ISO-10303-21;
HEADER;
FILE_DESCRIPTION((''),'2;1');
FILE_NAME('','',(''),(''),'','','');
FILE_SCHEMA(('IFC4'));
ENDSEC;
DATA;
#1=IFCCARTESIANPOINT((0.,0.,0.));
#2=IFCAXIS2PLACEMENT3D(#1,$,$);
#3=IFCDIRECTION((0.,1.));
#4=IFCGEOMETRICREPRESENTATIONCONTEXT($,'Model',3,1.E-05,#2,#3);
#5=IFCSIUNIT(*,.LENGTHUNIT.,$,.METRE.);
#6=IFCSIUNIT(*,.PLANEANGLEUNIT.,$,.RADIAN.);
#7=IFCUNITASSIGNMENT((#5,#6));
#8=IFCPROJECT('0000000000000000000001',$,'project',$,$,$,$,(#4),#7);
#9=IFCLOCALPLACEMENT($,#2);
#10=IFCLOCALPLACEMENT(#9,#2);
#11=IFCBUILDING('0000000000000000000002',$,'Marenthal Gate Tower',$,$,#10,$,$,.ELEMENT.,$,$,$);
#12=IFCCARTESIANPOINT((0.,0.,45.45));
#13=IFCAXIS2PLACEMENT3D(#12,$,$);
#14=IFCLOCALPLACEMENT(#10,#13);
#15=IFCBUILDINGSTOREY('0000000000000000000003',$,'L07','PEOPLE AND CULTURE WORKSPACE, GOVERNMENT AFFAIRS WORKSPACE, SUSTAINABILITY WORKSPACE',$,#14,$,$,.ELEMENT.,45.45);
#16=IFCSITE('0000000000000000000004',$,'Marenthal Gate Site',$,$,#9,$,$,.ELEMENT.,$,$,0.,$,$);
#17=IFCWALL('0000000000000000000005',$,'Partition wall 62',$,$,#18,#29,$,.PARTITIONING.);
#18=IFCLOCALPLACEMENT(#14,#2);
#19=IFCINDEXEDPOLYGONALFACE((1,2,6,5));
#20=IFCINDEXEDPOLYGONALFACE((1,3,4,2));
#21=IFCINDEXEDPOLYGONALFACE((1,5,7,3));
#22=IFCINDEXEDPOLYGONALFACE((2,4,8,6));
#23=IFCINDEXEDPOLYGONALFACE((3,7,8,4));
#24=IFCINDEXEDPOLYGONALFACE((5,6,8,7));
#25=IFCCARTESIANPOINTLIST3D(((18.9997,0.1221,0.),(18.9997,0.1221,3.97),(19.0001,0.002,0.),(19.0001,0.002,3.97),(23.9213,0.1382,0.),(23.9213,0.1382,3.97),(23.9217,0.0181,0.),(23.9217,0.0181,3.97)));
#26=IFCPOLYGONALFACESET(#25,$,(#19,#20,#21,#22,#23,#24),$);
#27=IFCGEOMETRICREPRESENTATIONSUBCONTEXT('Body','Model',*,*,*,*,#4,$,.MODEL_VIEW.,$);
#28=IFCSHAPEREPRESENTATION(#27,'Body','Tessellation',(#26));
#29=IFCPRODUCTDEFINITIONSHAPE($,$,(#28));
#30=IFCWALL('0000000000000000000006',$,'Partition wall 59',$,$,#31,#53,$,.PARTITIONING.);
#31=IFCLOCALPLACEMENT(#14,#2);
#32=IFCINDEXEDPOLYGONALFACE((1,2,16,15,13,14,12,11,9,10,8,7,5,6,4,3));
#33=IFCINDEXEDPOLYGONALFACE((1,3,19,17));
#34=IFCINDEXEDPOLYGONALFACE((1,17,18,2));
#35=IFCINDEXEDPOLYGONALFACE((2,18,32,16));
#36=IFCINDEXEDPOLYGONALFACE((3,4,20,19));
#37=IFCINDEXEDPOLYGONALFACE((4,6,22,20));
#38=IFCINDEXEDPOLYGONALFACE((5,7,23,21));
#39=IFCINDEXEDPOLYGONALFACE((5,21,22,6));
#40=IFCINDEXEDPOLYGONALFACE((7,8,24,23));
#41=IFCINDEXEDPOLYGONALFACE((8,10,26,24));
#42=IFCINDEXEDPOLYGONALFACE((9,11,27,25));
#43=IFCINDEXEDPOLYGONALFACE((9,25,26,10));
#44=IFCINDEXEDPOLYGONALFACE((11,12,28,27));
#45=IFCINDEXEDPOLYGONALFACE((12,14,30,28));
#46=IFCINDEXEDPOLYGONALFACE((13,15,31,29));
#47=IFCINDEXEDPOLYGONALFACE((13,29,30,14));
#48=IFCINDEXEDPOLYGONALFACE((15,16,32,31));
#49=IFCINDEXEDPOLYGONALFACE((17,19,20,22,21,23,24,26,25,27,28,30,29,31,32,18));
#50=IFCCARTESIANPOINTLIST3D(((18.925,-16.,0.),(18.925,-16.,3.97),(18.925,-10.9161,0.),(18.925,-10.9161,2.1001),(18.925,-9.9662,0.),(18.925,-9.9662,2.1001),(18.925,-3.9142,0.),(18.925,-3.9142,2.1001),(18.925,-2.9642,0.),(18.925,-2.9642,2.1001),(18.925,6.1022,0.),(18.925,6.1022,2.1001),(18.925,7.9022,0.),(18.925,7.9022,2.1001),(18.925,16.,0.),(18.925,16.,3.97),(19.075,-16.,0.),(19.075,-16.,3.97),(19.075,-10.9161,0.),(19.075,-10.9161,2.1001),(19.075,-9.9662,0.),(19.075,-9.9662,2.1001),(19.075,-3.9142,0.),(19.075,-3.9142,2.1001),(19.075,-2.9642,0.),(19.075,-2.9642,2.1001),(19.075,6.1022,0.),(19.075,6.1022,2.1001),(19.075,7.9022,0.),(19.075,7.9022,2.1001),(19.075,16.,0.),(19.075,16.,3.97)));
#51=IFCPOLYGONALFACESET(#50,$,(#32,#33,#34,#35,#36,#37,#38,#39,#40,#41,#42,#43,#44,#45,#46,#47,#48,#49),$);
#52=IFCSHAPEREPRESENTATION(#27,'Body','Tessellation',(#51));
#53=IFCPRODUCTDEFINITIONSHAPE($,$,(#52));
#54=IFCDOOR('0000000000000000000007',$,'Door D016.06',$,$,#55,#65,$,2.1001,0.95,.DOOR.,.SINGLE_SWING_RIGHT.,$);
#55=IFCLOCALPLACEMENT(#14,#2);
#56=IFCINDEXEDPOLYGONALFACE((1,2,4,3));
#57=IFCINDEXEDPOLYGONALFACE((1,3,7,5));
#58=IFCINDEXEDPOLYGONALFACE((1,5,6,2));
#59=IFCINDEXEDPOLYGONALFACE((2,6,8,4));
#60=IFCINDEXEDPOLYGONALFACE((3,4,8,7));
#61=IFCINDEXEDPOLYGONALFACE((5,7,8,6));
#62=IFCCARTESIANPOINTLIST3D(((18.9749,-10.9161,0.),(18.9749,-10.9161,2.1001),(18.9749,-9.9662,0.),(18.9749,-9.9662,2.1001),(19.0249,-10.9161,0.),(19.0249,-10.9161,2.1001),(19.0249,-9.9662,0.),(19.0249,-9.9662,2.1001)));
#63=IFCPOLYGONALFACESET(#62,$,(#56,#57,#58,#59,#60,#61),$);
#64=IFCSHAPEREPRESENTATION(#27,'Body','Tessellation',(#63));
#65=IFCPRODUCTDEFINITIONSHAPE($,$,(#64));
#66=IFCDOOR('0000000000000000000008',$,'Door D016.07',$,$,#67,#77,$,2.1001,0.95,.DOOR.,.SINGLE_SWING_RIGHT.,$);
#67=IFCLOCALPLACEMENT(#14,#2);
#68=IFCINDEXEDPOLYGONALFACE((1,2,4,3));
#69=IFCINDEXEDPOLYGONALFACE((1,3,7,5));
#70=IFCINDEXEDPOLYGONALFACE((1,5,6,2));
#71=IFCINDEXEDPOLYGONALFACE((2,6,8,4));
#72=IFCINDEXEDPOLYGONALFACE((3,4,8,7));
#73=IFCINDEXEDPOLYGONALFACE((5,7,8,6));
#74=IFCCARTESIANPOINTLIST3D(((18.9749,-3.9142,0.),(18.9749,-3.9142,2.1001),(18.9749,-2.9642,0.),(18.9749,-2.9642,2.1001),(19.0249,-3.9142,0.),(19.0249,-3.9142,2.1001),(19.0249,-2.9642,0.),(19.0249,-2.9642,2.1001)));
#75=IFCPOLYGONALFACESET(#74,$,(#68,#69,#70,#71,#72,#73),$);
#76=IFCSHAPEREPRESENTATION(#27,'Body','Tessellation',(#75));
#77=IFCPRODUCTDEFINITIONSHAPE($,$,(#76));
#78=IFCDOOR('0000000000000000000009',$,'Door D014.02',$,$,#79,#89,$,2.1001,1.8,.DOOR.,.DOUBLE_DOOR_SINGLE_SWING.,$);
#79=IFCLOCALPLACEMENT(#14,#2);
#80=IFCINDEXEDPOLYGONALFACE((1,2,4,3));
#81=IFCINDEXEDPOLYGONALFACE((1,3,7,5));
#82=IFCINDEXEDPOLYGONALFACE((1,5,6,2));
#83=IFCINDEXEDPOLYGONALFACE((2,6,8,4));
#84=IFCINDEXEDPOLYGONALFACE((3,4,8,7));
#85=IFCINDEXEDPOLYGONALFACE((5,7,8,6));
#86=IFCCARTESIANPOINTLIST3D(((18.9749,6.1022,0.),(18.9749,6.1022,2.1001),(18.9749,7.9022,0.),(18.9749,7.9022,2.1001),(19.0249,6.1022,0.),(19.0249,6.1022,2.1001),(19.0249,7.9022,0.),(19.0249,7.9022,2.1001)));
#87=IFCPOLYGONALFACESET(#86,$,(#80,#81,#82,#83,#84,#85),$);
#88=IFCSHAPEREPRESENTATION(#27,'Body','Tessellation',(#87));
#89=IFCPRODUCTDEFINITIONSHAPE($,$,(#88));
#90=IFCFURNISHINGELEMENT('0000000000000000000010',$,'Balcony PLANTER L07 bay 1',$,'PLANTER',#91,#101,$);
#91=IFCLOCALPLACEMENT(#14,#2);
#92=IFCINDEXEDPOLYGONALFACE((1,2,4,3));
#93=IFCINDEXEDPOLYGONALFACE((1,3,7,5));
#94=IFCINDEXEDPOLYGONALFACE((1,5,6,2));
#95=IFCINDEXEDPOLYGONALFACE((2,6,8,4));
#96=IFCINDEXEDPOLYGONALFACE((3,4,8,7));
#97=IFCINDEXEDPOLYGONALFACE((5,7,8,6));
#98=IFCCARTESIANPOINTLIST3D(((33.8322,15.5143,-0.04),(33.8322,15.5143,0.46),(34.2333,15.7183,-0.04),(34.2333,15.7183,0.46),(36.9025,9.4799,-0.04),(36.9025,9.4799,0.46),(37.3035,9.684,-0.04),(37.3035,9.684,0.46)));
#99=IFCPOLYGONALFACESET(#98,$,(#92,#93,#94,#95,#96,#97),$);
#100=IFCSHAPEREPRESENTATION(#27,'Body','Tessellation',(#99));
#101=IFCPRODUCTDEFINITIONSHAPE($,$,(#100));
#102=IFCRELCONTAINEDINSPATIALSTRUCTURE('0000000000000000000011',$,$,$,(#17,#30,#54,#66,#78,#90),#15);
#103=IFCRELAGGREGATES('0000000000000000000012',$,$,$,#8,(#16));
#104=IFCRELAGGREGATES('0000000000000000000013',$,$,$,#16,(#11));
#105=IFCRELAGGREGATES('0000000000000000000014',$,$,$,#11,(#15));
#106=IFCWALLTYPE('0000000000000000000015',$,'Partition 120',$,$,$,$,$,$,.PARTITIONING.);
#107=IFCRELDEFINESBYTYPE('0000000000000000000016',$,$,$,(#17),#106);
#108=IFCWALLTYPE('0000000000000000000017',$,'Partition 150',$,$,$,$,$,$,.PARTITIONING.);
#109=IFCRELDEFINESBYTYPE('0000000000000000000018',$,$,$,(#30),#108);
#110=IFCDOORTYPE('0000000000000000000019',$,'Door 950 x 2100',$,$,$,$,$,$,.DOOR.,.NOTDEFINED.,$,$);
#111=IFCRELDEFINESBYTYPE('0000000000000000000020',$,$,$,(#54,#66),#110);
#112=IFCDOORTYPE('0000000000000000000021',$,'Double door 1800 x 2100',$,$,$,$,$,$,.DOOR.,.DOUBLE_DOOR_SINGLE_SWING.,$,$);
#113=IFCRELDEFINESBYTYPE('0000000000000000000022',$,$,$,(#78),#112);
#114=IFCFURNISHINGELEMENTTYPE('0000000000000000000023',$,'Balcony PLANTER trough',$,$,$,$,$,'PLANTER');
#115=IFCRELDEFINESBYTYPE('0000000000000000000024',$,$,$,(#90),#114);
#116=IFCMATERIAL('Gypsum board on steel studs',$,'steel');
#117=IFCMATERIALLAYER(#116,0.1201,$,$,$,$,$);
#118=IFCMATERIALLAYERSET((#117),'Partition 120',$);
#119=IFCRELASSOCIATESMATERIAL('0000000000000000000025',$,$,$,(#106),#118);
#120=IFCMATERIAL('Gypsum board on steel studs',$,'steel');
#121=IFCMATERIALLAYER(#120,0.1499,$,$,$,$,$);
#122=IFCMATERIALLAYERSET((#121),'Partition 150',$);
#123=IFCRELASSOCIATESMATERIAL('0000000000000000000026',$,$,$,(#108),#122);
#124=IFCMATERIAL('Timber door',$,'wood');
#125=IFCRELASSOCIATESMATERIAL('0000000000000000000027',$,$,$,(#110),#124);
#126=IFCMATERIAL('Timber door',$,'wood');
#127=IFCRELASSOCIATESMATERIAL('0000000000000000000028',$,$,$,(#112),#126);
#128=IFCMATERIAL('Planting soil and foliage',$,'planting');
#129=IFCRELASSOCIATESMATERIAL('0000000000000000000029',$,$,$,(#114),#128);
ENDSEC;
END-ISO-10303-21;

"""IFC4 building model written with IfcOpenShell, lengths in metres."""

from ifc_helpers import new_model, si_unit, direction, frame, frame_2d, origin, origin_2d, place, context, subcontext, project, spatial, rectangle, extrude, material, layer, layer_set, type_object, element, fill, save


model = new_model("IFC4")

# Units and contexts
model_context = context("Model", 3, precision=1e-05, world=origin(), true_north=direction((0.0, 1.0)))
body_context = subcontext(model_context, "Body", "Model", "MODEL_VIEW")
ifc_project = project(units=[si_unit("LENGTHUNIT", "METRE"), si_unit("PLANEANGLEUNIT", "RADIAN")], contexts=[model_context])

# Site, building, storey
site_placement = place(None, origin())
site = spatial("IfcSite", under=ifc_project, at=site_placement, Name="Marenthal Gate Site", CompositionType="ELEMENT", RefElevation=0.0)
building_placement = place(site_placement, origin())
building = spatial("IfcBuilding", under=site, at=building_placement, Name="Marenthal Gate Tower", CompositionType="ELEMENT")
storey_placement = place(building_placement, frame((0.0, 0.0, 45.45)))
storey = spatial("IfcBuildingStorey", under=building, at=storey_placement, Name="L07", Description="PEOPLE AND CULTURE WORKSPACE, GOVERNMENT AFFAIRS WORKSPACE, SUSTAINABILITY WORKSPACE", CompositionType="ELEMENT", Elevation=45.45)

# Wall
ifc_material_1 = material(Name="Gypsum board on steel studs", Category="steel")
ifc_layer_1 = layer(ifc_material_1, 0.1201)
ifc_layer_set_1 = layer_set([ifc_layer_1], Name="Partition 120")
wall_type_1 = type_object("IfcWallType", Name="Partition 120", PredefinedType="PARTITIONING", material=ifc_layer_set_1)
wall_1_placement = place(storey_placement, frame((23.9216, 0.0781, 0.0), z_axis=(0.0, 0.0, 1.0), x_axis=(-0.999995, -0.003274, 0.0)))
element("IfcWall", 1, at=wall_1_placement, inside=storey, type_object=wall_type_1, Name="Partition wall 62", PredefinedType="PARTITIONING", context=body_context, shape_type="SweptSolid", body=[
    extrude(rectangle(XDim=4.9216, YDim=0.1201, at=frame_2d((2.4609, 0.0))), origin(), (0.0, 0.0, 1.0), 3.97),
])

# Wall, openings, doors
ifc_material_2 = material(Name="Gypsum board on steel studs", Category="steel")
ifc_layer_2 = layer(ifc_material_2, 0.1499)
ifc_layer_set_2 = layer_set([ifc_layer_2], Name="Partition 150")
wall_type_2 = type_object("IfcWallType", Name="Partition 150", PredefinedType="PARTITIONING", material=ifc_layer_set_2)
wall_2_placement = place(storey_placement, frame((19.0, 16.0, 0.0), z_axis=(0.0, 0.0, 1.0), x_axis=(0.0, -1.0, 0.0)))
wall_2 = element("IfcWall", 2, at=wall_2_placement, inside=storey, type_object=wall_type_2, Name="Partition wall 59", PredefinedType="PARTITIONING", context=body_context, shape_type="SweptSolid", body=[
    extrude(rectangle(XDim=32.0, YDim=0.1499, at=frame_2d((16.0, 0.0))), origin(), (0.0, 0.0, 1.0), 3.97),
])
opening_1_placement = place(wall_2_placement, frame((25.9661, 0.0, 0.0)))
opening_1 = element("IfcOpeningElement", 3, at=opening_1_placement, cuts=wall_2, PredefinedType="OPENING", context=body_context, shape_type="SweptSolid", body=[
    extrude(rectangle(XDim=0.95, YDim=2.1001, at=frame_2d((0.4751, 1.05))), frame((0.0, 0.085, 0.0), z_axis=(0.0, -1.0, 0.0), x_axis=(1.0, 0.0, 0.0)), (0.0, 0.0, 1.0), 0.1699),
])
opening_2_placement = place(wall_2_placement, frame((18.9641, 0.0, 0.0)))
opening_2 = element("IfcOpeningElement", 4, at=opening_2_placement, cuts=wall_2, PredefinedType="OPENING", context=body_context, shape_type="SweptSolid", body=[
    extrude(rectangle(XDim=0.95, YDim=2.1001, at=frame_2d((0.4751, 1.05))), frame((0.0, 0.085, 0.0), z_axis=(0.0, -1.0, 0.0), x_axis=(1.0, 0.0, 0.0)), (0.0, 0.0, 1.0), 0.1699),
])
opening_3_placement = place(wall_2_placement, frame((8.0979, 0.0, 0.0)))
opening_3 = element("IfcOpeningElement", 5, at=opening_3_placement, cuts=wall_2, PredefinedType="OPENING", context=body_context, shape_type="SweptSolid", body=[
    extrude(rectangle(XDim=1.8, YDim=2.1001, at=frame_2d((0.8999, 1.05))), frame((0.0, 0.085, 0.0), z_axis=(0.0, -1.0, 0.0), x_axis=(1.0, 0.0, 0.0)), (0.0, 0.0, 1.0), 0.1699),
])
ifc_material_3 = material(Name="Timber door", Category="wood")
door_type_1 = type_object("IfcDoorType", Name="Door 950 x 2100", OperationType="NOTDEFINED", PredefinedType="DOOR", material=ifc_material_3)
door_1_placement = place(opening_1_placement, origin())
door_1 = element("IfcDoor", 6, at=door_1_placement, inside=storey, type_object=door_type_1, Name="Door D016.06", OperationType="SINGLE_SWING_RIGHT", OverallHeight=2.1001, OverallWidth=0.95, PredefinedType="DOOR", context=body_context, shape_type="SweptSolid", body=[
    extrude(rectangle(XDim=0.95, YDim=2.1001, at=frame_2d((0.4751, 1.05))), frame((0.0, 0.0249, 0.0), z_axis=(0.0, -1.0, 0.0), x_axis=(1.0, 0.0, 0.0)), (0.0, 0.0, 1.0), 0.05),
])
fill(opening_1, door_1)
door_2_placement = place(opening_2_placement, origin())
door_2 = element("IfcDoor", 7, at=door_2_placement, inside=storey, type_object=door_type_1, Name="Door D016.07", OperationType="SINGLE_SWING_RIGHT", OverallHeight=2.1001, OverallWidth=0.95, PredefinedType="DOOR", context=body_context, shape_type="SweptSolid", body=[
    extrude(rectangle(XDim=0.95, YDim=2.1001, at=frame_2d((0.4751, 1.05))), frame((0.0, 0.0249, 0.0), z_axis=(0.0, -1.0, 0.0), x_axis=(1.0, 0.0, 0.0)), (0.0, 0.0, 1.0), 0.05),
])
fill(opening_2, door_2)
ifc_material_4 = material(Name="Timber door", Category="wood")
door_type_2 = type_object("IfcDoorType", Name="Double door 1800 x 2100", OperationType="DOUBLE_DOOR_SINGLE_SWING", PredefinedType="DOOR", material=ifc_material_4)
door_3_placement = place(opening_3_placement, origin())
door_3 = element("IfcDoor", 8, at=door_3_placement, inside=storey, type_object=door_type_2, Name="Door D014.02", OperationType="DOUBLE_DOOR_SINGLE_SWING", OverallHeight=2.1001, OverallWidth=1.8, PredefinedType="DOOR", context=body_context, shape_type="SweptSolid", body=[
    extrude(rectangle(XDim=1.8, YDim=2.1001, at=frame_2d((0.8999, 1.05))), frame((0.0, 0.0249, 0.0), z_axis=(0.0, -1.0, 0.0), x_axis=(1.0, 0.0, 0.0)), (0.0, 0.0, 1.0), 0.05),
])
fill(opening_3, door_3)

# Furnishing element
ifc_material_5 = material(Name="Planting soil and foliage", Category="planting")
furnishing_element_type = type_object("IfcFurnishingElementType", Name="Balcony PLANTER trough", ElementType="PLANTER", material=ifc_material_5)
furnishing_placement = place(storey_placement, frame((35.5679, 12.5991, -0.04), z_axis=(0.0, 0.0, 1.0), x_axis=(-0.453476, 0.891269, 0.0)))
element("IfcFurnishingElement", 9, at=furnishing_placement, inside=storey, type_object=furnishing_element_type, Name="Balcony PLANTER L07 bay 1", ObjectType="PLANTER", context=body_context, shape_type="SweptSolid", body=[
    extrude(rectangle(XDim=6.7705, YDim=0.45, at=origin_2d()), origin(), (0.0, 0.0, 1.0), 0.5),
])

save(model, "model.ifc")
